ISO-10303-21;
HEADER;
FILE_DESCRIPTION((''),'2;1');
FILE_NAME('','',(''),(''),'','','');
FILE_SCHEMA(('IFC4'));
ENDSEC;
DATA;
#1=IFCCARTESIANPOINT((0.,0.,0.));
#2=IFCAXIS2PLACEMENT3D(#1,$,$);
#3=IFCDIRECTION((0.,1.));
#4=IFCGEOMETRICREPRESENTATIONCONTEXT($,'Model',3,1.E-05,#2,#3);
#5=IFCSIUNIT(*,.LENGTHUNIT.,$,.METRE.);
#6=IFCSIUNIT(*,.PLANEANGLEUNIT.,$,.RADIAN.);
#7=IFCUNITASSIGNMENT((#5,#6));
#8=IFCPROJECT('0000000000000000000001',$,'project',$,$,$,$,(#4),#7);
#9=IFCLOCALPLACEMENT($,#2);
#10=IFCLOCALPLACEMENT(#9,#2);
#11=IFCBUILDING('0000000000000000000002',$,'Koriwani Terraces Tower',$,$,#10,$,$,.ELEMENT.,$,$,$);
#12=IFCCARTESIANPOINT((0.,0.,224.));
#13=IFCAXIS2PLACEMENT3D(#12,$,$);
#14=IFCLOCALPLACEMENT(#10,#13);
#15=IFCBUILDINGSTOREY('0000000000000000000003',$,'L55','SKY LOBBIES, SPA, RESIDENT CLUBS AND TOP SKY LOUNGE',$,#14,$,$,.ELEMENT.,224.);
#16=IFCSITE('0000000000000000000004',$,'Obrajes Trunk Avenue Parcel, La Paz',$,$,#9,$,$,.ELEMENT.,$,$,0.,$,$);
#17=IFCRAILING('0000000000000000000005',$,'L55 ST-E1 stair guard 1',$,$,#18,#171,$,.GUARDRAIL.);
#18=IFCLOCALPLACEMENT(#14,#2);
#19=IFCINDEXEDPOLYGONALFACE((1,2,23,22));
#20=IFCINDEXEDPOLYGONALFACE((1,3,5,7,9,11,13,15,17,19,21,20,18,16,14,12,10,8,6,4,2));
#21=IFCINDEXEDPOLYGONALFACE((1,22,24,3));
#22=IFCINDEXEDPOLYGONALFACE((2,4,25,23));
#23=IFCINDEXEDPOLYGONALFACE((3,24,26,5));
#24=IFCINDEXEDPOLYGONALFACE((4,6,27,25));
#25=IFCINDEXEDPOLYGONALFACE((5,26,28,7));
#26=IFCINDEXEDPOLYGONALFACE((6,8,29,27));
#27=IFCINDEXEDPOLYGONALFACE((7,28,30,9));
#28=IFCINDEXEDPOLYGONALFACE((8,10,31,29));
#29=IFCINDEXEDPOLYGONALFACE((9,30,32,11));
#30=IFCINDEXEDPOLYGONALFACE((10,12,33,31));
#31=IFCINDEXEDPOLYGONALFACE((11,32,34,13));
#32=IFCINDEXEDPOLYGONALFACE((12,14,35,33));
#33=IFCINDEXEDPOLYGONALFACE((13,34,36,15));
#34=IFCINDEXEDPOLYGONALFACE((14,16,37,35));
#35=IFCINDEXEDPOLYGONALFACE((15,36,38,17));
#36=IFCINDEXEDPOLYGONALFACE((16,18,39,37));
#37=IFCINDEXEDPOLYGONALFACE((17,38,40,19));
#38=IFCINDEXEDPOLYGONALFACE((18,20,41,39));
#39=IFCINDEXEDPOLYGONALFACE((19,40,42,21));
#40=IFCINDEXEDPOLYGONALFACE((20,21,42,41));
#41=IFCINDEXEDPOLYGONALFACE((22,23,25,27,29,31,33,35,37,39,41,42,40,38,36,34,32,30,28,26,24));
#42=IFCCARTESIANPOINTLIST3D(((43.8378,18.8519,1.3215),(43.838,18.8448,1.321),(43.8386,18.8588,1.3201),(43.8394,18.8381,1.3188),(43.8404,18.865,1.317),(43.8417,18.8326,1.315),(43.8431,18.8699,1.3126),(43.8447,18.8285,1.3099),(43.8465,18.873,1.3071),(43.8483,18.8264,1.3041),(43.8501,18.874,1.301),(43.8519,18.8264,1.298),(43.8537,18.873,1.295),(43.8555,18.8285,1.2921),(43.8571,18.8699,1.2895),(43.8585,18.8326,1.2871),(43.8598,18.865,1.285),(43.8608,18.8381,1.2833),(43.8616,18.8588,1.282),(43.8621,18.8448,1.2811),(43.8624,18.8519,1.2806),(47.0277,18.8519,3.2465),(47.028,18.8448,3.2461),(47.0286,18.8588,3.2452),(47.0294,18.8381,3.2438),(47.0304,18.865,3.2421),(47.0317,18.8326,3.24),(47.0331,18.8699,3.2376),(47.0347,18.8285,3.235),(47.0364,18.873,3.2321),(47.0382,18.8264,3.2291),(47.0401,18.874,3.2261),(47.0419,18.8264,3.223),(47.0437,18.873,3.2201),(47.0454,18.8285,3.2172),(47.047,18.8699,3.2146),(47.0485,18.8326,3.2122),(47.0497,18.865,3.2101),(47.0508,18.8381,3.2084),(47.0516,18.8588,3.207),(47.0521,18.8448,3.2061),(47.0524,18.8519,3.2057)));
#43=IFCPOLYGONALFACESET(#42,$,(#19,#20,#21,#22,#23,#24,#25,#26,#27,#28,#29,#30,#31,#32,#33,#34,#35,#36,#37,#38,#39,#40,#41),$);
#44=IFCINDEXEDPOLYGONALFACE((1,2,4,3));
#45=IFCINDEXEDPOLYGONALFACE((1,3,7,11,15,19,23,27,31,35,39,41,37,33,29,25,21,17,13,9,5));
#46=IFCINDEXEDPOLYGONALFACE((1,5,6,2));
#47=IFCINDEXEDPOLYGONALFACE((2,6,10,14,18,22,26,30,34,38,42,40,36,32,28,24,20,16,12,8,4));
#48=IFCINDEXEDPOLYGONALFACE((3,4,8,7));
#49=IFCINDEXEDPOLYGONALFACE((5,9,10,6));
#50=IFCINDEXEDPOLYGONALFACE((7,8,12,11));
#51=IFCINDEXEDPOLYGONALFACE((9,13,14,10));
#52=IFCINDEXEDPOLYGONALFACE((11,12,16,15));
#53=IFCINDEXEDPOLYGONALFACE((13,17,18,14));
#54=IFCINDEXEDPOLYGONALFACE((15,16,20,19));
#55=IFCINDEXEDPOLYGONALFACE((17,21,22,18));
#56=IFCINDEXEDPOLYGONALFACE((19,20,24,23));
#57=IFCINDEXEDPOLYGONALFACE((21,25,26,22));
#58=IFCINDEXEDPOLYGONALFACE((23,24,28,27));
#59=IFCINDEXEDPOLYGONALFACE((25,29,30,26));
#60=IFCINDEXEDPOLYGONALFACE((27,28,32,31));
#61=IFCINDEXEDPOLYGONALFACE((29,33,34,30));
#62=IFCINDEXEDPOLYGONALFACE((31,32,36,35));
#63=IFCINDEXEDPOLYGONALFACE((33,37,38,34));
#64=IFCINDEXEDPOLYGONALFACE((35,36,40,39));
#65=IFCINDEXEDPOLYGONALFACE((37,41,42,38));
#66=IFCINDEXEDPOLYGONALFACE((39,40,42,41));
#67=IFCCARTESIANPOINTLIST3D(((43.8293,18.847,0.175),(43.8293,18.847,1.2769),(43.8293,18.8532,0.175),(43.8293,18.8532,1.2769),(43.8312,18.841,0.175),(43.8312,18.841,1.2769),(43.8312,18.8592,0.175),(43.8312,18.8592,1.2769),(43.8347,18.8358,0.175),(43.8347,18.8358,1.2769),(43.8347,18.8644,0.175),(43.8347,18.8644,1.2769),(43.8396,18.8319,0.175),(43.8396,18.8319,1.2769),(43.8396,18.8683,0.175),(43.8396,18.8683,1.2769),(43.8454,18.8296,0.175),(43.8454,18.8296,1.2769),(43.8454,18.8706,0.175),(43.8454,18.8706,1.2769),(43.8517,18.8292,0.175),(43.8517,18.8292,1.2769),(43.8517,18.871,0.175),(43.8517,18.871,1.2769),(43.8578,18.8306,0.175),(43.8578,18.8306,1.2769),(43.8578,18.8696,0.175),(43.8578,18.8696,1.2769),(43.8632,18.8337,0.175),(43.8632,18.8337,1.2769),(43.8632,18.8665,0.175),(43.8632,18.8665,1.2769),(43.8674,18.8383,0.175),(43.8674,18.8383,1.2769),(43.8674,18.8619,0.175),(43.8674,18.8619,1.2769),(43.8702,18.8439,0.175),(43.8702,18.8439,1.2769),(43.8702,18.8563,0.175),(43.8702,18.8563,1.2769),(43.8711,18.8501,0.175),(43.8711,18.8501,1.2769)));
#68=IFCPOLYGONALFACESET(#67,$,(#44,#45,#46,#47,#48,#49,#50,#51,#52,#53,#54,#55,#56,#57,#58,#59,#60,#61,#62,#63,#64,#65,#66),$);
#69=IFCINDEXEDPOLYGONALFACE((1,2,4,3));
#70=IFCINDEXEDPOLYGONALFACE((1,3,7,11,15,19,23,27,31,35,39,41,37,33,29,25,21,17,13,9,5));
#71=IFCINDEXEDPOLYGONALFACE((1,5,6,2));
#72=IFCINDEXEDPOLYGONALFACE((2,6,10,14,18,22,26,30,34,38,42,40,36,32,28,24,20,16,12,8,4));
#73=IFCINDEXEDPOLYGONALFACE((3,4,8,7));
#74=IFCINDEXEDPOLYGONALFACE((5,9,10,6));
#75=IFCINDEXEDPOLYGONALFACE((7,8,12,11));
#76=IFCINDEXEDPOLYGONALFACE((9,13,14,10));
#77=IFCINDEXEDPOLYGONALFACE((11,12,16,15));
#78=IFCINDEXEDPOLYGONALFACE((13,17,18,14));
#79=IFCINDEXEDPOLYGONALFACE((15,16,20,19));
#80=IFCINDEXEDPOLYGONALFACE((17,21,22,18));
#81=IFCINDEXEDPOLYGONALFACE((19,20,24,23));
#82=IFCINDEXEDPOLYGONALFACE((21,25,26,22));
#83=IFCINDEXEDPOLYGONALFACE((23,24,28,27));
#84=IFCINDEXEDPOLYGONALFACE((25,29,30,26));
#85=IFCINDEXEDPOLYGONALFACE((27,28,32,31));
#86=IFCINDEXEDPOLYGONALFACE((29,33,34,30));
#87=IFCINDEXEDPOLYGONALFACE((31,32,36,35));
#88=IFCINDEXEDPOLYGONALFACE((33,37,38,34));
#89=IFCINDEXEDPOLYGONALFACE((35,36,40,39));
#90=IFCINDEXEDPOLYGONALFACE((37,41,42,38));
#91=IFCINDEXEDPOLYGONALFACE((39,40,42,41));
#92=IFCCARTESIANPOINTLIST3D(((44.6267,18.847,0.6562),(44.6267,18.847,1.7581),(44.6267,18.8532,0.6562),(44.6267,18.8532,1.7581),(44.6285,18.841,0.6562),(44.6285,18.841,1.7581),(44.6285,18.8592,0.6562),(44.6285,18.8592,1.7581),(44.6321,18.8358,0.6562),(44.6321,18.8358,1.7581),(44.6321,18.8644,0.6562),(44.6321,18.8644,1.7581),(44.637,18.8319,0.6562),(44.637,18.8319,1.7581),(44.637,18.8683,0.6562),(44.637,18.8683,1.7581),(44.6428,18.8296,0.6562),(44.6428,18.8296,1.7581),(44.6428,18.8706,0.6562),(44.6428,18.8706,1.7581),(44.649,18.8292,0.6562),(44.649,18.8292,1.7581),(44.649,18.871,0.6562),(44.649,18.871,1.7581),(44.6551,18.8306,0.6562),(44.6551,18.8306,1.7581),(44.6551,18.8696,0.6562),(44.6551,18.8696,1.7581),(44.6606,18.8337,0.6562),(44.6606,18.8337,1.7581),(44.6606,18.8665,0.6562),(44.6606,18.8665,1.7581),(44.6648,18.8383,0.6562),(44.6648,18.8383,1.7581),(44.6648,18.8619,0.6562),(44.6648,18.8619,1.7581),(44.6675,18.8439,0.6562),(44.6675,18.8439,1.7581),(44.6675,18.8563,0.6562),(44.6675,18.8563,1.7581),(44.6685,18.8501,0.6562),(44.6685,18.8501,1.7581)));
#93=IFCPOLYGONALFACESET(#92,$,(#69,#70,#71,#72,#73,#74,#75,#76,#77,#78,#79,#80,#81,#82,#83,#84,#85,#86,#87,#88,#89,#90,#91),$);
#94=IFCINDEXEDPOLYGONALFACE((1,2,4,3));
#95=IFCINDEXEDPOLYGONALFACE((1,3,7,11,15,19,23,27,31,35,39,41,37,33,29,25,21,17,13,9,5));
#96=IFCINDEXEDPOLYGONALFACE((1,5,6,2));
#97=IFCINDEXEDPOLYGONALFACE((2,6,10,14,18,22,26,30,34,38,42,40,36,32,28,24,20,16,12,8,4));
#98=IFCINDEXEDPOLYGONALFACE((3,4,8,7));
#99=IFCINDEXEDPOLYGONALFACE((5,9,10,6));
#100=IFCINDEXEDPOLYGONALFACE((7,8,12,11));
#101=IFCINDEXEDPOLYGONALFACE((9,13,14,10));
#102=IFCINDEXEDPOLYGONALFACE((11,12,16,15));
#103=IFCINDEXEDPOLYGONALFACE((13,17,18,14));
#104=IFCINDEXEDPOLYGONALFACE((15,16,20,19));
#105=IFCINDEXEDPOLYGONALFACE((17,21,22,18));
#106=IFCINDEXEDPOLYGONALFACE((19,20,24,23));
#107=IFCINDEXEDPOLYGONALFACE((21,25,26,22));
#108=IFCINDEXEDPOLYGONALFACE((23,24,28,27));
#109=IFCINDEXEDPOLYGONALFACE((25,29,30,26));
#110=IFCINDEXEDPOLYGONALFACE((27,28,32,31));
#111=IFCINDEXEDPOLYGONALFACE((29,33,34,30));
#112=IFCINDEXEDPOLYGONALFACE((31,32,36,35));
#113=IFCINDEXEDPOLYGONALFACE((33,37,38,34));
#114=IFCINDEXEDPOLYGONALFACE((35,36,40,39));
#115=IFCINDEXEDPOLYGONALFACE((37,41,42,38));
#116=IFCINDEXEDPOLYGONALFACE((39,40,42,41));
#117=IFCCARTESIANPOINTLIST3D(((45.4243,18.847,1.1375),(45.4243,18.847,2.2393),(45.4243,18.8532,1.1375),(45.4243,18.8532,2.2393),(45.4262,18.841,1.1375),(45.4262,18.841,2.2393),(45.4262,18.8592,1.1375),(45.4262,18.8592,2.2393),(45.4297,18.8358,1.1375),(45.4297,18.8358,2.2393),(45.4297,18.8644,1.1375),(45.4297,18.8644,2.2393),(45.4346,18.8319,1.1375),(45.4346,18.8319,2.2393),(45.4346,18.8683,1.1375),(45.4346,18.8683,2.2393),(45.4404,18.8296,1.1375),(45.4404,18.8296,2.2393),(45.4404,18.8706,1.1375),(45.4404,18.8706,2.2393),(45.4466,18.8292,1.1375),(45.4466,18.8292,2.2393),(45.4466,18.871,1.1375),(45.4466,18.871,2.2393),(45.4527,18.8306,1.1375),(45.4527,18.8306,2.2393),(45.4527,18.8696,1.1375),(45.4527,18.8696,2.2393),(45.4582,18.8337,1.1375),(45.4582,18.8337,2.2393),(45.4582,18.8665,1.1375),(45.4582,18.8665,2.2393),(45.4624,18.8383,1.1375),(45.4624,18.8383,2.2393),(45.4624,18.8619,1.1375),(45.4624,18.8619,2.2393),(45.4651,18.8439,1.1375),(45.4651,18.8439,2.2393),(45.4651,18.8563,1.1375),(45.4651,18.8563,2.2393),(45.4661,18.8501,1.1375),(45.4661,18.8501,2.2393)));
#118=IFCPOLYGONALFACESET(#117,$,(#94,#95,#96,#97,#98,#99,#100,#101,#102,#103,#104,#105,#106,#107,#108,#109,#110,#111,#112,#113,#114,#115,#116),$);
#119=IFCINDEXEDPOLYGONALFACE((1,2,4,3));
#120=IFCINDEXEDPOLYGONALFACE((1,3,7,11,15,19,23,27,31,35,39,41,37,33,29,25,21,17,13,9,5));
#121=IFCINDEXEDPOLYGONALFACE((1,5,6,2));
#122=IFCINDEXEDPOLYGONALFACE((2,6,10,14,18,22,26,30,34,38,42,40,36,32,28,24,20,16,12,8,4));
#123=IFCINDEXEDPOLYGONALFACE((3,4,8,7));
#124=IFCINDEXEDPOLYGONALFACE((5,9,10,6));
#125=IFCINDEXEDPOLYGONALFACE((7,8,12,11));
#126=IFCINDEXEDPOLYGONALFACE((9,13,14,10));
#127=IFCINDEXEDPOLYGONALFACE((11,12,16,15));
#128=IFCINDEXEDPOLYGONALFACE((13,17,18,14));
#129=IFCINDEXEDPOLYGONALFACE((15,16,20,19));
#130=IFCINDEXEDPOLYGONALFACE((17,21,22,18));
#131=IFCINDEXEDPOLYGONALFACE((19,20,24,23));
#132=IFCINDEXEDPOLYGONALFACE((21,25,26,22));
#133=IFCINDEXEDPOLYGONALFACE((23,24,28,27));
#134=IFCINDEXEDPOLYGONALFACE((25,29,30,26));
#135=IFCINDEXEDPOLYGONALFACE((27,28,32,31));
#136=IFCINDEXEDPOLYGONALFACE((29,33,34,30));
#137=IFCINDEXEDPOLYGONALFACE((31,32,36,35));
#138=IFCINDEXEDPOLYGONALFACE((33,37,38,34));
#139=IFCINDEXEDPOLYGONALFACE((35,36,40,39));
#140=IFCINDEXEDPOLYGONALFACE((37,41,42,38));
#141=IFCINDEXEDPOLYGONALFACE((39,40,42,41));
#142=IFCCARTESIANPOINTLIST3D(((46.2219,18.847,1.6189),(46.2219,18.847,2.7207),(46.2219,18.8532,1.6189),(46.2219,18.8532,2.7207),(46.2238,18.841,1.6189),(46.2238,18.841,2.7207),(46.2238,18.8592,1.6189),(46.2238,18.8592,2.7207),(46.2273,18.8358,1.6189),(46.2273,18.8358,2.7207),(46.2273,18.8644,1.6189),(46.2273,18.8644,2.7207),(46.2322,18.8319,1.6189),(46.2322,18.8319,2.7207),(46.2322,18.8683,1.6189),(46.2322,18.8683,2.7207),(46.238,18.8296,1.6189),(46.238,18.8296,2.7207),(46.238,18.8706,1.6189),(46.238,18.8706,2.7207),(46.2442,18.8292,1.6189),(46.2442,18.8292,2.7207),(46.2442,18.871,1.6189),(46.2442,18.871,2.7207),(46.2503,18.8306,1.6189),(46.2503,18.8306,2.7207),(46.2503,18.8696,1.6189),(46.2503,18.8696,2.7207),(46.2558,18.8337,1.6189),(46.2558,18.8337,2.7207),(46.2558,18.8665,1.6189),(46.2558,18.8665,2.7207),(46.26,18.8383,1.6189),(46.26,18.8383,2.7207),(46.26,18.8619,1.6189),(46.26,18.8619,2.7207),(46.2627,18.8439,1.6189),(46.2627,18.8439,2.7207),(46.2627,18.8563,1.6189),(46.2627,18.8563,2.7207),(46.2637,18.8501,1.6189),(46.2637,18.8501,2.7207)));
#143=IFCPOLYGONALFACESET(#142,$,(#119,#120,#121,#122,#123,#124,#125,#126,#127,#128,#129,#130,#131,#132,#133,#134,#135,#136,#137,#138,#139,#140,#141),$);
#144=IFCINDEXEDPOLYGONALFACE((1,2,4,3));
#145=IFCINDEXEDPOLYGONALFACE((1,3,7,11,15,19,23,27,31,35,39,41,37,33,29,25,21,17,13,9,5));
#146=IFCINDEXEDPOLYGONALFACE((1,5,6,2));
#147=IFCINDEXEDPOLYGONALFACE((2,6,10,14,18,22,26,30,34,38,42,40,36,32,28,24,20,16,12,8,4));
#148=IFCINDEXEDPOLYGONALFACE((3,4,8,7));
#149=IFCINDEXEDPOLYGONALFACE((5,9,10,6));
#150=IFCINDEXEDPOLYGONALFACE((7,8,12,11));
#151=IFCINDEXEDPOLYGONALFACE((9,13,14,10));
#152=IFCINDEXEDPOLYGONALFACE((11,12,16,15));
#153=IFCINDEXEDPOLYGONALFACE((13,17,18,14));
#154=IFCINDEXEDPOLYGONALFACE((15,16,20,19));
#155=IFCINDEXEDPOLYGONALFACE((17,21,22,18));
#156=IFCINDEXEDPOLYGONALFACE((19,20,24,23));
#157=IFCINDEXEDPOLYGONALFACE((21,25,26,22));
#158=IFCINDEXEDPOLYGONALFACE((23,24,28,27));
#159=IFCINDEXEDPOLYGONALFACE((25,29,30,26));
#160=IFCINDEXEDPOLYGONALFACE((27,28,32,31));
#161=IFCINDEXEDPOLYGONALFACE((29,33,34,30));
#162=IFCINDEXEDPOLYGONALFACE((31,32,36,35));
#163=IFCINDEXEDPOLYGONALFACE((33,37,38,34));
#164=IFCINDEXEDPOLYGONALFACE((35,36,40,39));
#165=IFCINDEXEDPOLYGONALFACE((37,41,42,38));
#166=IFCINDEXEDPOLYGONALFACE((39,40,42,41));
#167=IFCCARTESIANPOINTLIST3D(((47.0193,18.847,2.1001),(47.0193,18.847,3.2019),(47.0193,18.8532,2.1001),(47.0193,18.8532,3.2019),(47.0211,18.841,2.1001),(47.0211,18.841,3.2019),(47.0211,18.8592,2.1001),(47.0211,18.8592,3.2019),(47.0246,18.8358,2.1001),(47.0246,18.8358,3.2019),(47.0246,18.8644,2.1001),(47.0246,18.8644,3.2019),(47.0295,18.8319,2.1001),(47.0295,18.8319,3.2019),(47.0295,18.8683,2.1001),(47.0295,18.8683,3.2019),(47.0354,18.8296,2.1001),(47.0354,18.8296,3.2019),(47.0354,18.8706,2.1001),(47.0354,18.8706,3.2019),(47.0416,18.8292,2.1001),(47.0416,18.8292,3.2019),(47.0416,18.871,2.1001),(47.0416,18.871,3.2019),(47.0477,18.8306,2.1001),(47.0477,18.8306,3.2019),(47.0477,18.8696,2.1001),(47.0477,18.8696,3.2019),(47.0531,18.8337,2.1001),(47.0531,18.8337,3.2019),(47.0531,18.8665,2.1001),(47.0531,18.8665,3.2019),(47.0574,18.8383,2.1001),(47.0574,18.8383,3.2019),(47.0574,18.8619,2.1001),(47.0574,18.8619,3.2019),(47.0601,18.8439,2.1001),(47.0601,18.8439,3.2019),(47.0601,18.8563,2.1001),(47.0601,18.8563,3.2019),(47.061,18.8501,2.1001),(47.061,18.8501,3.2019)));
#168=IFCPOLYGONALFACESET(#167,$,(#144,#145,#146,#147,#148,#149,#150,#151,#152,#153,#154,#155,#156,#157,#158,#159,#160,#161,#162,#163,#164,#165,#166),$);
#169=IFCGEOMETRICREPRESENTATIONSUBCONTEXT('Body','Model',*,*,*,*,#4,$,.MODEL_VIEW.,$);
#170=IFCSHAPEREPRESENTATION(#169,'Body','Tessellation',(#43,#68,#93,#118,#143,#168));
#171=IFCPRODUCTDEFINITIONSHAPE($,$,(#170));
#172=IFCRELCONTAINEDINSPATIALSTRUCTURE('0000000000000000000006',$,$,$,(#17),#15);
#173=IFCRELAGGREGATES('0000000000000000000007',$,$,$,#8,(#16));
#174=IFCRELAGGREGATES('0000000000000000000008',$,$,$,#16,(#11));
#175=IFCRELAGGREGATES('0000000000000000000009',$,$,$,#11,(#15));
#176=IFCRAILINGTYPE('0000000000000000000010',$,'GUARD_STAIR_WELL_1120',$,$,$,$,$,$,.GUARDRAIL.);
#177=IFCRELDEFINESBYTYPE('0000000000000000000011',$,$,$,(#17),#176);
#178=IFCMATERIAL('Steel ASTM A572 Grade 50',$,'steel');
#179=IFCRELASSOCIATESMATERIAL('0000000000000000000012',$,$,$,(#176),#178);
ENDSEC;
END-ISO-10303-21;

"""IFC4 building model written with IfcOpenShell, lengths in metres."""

from ifc_helpers import new_model, si_unit, direction, frame, origin, origin_2d, place, context, subcontext, project, spatial, circle, extrude, material, type_object, element, save


model = new_model("IFC4")

# Units and contexts
model_context = context("Model", 3, precision=1e-05, world=origin(), true_north=direction((0.0, 1.0)))
body_context = subcontext(model_context, "Body", "Model", "MODEL_VIEW")
ifc_project = project(units=[si_unit("LENGTHUNIT", "METRE"), si_unit("PLANEANGLEUNIT", "RADIAN")], contexts=[model_context])

# Site, building, storey
site_placement = place(None, origin())
site = spatial("IfcSite", under=ifc_project, at=site_placement, Name="Obrajes Trunk Avenue Parcel, La Paz", CompositionType="ELEMENT", RefElevation=0.0)
building_placement = place(site_placement, origin())
building = spatial("IfcBuilding", under=site, at=building_placement, Name="Koriwani Terraces Tower", CompositionType="ELEMENT")
storey_placement = place(building_placement, frame((0.0, 0.0, 224.0)))
storey = spatial("IfcBuildingStorey", under=building, at=storey_placement, Name="L55", Description="SKY LOBBIES, SPA, RESIDENT CLUBS AND TOP SKY LOUNGE", CompositionType="ELEMENT", Elevation=224.0)

# Shared definitions
ifc_material_1 = material(Name="Steel ASTM A572 Grade 50", Category="steel")

# Railing
railing_type_1 = type_object("IfcRailingType", Name="GUARD_STAIR_WELL_1120", PredefinedType="GUARDRAIL", material=ifc_material_1)
railing_1_placement = place(storey_placement, frame((43.8501, 18.8501, 0.175)))
element("IfcRailing", 1, at=railing_1_placement, inside=storey, type_object=railing_type_1, Name="L55 ST-E1 stair guard 1", PredefinedType="GUARDRAIL", context=body_context, shape_type="SweptSolid", body=[
    extrude(circle(Radius=0.0239, at=origin_2d()), frame((0.0, 0.0, 1.126), z_axis=(0.856178, 0.0, 0.516682), x_axis=(0.0, 1.0, 0.0)), (0.0, 0.0, 1.0), 3.7258),
    extrude(circle(Radius=0.021, at=origin_2d()), origin(), (0.0, 0.0, 1.0), 1.1018),
    extrude(circle(Radius=0.021, at=origin_2d()), frame((0.7974, 0.0, 0.4812)), (0.0, 0.0, 1.0), 1.1018),
    extrude(circle(Radius=0.021, at=origin_2d()), frame((1.595, 0.0, 0.9624)), (0.0, 0.0, 1.0), 1.1018),
    extrude(circle(Radius=0.021, at=origin_2d()), frame((2.3926, 0.0, 1.4438)), (0.0, 0.0, 1.0), 1.1018),
    extrude(circle(Radius=0.021, at=origin_2d()), frame((3.1899, 0.0, 1.925)), (0.0, 0.0, 1.0), 1.1018),
])

save(model, "model.ifc")
